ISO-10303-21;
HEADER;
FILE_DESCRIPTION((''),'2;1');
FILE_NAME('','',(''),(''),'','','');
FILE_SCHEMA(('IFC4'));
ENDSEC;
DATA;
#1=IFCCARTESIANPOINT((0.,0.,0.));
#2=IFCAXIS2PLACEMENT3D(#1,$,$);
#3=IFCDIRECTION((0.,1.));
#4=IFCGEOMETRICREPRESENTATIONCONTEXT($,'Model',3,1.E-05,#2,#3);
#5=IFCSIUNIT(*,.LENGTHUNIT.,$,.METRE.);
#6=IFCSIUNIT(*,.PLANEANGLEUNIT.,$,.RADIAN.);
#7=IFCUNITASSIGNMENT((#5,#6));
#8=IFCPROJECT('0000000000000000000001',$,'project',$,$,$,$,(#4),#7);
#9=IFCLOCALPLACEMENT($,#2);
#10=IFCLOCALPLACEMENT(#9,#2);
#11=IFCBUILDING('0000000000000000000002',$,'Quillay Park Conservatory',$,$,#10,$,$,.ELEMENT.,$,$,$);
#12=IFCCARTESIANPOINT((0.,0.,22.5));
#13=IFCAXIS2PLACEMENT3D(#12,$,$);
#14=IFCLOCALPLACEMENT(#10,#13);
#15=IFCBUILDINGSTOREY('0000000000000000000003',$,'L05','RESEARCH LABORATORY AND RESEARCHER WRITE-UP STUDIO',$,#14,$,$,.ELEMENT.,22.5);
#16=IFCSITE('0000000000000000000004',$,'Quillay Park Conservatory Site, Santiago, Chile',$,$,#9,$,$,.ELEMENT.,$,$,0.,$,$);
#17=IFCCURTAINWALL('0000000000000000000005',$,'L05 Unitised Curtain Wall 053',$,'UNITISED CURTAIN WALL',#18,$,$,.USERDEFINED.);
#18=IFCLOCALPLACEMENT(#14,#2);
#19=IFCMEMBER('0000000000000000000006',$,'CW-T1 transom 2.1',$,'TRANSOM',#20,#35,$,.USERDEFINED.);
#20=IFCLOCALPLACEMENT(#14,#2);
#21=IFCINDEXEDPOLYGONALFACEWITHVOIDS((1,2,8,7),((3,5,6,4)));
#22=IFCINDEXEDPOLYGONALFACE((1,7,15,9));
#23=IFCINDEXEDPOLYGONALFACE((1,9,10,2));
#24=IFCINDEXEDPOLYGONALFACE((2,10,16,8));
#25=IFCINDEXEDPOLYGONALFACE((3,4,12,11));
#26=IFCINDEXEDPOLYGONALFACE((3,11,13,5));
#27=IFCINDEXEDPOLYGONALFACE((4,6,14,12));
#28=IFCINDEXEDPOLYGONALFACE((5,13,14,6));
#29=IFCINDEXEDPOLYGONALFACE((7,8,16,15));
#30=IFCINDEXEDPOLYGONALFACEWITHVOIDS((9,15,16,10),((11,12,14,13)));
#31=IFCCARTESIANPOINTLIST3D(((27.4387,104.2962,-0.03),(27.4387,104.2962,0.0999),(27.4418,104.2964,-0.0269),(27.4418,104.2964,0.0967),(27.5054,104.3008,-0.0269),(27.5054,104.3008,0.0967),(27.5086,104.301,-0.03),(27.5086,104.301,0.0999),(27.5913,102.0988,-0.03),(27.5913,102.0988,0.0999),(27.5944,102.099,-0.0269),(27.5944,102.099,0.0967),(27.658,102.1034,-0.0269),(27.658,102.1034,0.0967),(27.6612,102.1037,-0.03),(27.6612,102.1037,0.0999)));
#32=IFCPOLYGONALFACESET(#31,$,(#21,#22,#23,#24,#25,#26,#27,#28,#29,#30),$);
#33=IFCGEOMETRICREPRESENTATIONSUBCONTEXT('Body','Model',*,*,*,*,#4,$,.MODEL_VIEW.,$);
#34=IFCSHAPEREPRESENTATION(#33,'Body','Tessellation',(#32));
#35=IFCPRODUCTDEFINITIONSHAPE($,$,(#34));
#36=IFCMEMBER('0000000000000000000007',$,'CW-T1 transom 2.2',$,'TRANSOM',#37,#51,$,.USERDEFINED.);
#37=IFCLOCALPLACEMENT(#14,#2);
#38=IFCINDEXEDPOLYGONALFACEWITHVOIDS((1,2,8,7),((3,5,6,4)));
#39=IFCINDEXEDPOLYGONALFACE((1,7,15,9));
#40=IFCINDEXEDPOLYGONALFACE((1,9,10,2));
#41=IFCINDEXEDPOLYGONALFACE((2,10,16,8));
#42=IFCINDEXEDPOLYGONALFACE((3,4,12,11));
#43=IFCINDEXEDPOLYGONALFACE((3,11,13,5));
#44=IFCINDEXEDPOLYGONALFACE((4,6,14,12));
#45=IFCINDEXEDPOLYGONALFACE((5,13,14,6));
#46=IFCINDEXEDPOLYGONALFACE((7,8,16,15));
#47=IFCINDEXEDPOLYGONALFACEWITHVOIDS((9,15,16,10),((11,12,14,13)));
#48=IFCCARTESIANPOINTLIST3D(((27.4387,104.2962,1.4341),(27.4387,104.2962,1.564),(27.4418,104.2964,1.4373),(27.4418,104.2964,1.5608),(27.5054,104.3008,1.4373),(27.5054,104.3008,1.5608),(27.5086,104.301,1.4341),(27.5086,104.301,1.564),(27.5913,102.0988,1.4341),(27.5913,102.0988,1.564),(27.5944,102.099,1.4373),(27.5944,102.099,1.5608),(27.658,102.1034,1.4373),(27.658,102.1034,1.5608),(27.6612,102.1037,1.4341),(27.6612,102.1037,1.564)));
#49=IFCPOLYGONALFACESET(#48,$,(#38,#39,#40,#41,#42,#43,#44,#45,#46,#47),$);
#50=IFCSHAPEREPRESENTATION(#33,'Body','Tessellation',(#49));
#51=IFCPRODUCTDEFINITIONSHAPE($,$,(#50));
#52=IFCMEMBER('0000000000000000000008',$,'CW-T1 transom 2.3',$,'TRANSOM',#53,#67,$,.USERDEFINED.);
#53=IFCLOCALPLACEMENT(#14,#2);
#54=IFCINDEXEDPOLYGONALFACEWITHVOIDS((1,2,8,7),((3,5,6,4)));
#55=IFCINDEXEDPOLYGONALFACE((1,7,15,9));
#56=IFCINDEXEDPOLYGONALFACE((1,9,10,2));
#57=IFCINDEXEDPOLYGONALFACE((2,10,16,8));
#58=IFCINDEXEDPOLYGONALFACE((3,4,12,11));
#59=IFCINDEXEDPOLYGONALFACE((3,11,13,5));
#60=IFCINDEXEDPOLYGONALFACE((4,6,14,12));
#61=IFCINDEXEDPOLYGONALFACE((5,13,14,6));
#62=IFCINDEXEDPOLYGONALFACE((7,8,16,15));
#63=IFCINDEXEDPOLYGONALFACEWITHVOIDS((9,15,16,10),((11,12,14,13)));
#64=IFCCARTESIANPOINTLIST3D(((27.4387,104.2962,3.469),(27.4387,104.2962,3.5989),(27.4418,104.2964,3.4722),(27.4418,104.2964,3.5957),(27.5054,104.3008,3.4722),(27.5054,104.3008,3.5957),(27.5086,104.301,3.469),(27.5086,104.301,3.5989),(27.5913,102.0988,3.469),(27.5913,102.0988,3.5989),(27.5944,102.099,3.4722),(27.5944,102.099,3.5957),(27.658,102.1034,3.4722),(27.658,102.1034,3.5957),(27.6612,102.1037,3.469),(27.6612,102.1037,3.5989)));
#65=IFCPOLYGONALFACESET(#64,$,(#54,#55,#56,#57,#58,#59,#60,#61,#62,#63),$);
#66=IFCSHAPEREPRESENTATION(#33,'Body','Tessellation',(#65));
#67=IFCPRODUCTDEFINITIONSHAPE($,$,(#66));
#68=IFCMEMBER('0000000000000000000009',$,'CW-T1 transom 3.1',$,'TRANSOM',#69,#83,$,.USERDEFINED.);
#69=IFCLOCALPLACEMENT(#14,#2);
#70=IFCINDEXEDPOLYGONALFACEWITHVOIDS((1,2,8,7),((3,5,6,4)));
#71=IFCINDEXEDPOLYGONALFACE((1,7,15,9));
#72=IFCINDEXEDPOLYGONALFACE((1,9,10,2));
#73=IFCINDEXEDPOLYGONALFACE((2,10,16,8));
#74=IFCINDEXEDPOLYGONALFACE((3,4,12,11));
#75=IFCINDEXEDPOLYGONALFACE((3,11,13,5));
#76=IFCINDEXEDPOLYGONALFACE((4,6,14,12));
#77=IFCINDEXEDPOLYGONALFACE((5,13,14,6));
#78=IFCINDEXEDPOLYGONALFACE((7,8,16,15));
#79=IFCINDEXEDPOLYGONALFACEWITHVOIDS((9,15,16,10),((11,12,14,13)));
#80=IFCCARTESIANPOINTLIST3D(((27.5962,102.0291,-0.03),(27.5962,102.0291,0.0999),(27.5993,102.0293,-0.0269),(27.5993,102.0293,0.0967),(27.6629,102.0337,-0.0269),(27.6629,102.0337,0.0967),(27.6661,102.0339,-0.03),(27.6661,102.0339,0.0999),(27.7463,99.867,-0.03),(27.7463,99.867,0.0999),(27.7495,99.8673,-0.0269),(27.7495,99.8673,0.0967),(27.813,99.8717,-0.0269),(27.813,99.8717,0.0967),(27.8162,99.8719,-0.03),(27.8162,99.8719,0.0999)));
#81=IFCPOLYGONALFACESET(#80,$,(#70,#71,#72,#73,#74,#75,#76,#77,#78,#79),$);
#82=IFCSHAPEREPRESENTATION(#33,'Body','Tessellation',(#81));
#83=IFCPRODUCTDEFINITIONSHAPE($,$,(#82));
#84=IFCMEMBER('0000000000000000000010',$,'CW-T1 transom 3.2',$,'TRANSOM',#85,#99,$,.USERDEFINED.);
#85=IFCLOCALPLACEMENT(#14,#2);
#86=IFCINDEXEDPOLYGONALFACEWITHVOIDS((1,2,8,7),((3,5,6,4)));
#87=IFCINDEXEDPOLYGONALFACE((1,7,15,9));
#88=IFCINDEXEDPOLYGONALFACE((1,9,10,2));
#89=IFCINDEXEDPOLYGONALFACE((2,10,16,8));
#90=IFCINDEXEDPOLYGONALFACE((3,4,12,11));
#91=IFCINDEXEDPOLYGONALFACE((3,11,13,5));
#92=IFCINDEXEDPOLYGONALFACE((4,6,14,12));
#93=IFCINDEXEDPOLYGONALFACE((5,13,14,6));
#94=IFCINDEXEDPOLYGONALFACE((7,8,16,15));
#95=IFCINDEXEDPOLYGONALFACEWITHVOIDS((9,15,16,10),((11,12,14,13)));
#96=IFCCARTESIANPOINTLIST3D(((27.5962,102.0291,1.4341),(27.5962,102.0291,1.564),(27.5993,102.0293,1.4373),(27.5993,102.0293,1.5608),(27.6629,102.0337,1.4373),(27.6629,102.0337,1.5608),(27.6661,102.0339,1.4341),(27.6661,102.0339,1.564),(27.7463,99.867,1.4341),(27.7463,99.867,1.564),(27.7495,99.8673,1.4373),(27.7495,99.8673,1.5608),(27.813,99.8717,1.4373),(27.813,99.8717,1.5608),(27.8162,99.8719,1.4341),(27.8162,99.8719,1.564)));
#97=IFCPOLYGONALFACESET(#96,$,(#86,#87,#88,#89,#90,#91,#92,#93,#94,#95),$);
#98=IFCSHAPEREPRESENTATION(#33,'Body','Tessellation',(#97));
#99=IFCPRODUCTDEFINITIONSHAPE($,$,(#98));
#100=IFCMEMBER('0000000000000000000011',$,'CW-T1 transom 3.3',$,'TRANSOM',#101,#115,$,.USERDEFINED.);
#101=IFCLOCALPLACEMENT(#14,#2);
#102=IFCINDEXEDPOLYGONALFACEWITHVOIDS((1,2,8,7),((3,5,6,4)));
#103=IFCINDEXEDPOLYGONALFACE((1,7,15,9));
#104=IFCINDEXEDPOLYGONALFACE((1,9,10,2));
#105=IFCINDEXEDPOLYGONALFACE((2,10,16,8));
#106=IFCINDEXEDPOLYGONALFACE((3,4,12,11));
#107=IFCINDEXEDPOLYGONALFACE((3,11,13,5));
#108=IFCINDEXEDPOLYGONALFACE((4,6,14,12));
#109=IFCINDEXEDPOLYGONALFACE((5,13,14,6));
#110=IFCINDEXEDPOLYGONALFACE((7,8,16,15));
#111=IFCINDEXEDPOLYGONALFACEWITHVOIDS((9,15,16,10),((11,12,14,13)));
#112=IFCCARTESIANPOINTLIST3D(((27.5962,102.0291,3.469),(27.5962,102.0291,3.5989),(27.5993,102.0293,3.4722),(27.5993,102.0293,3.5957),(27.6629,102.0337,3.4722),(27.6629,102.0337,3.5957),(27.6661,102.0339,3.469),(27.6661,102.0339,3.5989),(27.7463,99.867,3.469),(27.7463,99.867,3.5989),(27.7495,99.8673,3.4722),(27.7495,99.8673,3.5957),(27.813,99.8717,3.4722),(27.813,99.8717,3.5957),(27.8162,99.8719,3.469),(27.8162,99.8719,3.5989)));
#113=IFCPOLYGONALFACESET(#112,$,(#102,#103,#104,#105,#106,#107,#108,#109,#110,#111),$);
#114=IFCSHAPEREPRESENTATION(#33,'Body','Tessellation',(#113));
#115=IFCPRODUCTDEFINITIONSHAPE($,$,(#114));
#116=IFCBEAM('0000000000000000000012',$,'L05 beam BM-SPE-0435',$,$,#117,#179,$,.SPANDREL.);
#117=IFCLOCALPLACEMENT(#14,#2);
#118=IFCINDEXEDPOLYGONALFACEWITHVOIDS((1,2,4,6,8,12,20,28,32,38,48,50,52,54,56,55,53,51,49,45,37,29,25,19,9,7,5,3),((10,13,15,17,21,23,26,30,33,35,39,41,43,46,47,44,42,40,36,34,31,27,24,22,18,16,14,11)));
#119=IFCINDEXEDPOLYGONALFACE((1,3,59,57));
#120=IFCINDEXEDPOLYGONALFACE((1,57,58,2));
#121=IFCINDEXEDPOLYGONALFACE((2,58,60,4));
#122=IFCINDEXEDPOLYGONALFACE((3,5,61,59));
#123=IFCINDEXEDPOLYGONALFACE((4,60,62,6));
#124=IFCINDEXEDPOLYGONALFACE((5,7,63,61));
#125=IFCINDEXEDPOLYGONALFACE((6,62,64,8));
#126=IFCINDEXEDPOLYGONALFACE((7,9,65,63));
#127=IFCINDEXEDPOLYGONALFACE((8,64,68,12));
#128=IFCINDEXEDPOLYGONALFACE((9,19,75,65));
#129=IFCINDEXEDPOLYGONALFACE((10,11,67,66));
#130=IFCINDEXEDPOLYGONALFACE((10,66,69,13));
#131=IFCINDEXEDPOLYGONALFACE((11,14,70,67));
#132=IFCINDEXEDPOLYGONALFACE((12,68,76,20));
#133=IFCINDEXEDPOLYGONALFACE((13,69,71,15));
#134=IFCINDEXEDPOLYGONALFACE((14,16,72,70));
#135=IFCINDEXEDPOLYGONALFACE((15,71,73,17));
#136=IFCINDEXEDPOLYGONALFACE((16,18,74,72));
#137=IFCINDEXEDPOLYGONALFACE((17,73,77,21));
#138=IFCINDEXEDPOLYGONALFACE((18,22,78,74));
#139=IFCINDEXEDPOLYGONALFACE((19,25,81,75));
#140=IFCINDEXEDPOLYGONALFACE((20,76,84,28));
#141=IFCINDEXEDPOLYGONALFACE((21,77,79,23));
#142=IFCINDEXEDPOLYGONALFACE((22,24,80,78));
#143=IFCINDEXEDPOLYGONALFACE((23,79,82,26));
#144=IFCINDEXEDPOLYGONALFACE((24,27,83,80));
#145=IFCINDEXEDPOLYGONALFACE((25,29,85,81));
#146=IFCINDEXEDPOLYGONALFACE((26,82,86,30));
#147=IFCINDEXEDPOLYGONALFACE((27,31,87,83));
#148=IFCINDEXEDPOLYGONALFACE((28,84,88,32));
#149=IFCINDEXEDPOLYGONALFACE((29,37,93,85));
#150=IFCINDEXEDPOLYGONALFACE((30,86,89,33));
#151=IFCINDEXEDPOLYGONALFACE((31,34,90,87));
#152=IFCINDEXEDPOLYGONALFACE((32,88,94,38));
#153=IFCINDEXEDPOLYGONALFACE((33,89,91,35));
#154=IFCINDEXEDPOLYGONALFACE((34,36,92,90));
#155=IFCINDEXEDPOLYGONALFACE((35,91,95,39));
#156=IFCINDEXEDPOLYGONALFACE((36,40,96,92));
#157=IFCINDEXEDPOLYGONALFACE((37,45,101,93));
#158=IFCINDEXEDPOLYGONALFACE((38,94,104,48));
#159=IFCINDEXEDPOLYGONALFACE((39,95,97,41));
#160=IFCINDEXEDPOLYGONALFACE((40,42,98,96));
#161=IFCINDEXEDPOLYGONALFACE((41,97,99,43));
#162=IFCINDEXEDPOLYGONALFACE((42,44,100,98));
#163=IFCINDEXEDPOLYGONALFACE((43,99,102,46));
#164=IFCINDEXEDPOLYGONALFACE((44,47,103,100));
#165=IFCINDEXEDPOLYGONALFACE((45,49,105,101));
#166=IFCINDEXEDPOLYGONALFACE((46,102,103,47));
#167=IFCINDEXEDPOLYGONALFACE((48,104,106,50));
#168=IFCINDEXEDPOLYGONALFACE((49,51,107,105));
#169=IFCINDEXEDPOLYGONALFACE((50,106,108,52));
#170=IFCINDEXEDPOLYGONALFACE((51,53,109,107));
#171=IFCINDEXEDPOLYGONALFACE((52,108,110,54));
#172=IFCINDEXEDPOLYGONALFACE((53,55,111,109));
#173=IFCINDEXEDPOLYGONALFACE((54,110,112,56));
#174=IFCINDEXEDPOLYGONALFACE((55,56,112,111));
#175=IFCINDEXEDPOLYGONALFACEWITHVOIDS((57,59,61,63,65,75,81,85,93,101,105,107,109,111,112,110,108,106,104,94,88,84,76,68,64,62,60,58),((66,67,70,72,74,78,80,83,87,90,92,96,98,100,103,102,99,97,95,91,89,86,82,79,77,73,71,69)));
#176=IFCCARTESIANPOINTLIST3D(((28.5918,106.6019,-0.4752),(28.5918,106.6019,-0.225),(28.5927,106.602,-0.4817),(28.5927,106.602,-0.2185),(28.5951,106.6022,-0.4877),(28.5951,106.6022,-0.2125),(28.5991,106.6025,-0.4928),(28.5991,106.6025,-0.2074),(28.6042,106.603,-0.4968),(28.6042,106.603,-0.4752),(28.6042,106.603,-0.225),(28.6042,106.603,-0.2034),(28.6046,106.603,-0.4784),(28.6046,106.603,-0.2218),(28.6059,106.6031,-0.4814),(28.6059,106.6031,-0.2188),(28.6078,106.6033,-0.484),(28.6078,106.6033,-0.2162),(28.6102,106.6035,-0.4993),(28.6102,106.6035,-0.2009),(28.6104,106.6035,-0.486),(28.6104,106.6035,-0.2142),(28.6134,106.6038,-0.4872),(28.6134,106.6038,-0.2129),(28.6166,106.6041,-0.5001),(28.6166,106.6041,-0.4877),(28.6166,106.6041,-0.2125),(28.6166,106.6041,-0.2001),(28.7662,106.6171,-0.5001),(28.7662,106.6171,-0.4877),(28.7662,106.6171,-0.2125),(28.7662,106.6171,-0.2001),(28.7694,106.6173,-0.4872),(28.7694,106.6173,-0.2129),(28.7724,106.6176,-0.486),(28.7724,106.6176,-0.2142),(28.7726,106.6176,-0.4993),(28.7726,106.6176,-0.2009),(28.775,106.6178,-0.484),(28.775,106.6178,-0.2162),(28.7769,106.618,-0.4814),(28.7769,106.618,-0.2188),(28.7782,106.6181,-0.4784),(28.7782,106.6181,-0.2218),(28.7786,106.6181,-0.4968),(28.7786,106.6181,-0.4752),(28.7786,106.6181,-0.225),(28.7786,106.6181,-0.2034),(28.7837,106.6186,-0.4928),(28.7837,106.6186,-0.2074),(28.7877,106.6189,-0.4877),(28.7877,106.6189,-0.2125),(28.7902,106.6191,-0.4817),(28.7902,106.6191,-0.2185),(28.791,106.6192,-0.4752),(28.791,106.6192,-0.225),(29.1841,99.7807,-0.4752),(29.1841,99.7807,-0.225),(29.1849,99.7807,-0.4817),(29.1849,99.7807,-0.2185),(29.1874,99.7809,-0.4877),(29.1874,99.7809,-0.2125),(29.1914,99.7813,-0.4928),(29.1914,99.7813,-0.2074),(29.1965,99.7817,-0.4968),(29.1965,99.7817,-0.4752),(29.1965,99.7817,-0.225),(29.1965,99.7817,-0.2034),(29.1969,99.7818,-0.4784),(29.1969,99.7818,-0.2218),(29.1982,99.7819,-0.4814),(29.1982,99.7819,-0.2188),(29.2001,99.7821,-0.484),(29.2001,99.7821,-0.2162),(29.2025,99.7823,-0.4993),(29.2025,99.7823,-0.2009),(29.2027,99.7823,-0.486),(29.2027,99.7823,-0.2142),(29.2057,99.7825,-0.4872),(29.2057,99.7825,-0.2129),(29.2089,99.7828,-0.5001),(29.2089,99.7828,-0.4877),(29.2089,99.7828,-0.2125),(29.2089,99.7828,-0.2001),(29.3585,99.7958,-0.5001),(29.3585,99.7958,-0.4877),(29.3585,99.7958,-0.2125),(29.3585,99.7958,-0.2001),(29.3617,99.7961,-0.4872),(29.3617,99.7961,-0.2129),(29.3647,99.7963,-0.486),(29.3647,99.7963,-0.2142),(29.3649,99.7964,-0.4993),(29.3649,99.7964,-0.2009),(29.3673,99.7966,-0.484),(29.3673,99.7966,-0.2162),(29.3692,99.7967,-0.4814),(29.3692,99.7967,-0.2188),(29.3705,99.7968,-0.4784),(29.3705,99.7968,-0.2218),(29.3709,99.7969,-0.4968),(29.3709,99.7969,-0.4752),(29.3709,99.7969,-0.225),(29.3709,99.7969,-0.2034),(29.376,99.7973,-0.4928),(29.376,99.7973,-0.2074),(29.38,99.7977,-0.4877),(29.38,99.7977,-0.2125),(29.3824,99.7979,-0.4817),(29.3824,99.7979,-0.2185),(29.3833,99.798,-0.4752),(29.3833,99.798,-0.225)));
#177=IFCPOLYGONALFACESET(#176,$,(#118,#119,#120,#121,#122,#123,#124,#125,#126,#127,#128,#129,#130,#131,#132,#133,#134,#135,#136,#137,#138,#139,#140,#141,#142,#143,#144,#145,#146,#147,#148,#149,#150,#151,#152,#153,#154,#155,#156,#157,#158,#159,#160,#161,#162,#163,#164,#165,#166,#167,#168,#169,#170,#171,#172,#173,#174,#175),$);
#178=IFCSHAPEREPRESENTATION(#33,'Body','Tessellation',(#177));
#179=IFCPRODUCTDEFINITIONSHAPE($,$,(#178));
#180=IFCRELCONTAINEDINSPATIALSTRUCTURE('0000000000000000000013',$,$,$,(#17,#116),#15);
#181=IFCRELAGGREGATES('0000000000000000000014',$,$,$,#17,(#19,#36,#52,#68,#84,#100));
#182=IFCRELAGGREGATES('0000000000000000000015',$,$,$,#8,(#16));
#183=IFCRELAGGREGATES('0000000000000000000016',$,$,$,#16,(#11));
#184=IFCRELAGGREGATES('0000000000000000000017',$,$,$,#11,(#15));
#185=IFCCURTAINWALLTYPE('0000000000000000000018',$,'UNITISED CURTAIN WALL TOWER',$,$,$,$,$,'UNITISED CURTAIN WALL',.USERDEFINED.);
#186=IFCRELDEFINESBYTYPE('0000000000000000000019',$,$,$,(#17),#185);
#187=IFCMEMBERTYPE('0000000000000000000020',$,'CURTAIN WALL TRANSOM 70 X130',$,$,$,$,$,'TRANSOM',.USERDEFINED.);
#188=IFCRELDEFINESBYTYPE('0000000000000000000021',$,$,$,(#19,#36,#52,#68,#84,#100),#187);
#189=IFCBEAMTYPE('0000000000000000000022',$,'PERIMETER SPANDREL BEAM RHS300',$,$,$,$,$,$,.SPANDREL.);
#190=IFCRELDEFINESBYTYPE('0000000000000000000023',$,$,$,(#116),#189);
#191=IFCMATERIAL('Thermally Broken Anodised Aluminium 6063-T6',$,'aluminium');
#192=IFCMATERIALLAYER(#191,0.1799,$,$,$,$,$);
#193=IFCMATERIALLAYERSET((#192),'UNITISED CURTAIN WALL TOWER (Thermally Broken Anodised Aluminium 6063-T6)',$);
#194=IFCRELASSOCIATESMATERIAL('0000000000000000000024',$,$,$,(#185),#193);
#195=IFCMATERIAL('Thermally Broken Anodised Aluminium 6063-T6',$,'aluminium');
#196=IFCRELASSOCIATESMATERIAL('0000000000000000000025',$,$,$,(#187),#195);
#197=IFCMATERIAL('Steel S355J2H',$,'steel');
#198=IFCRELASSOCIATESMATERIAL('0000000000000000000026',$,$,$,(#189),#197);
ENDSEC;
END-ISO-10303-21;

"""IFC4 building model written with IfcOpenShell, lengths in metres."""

from ifc_helpers import new_model, si_unit, direction, frame, origin, origin_2d, place, context, subcontext, project, spatial, hollow_rectangle, extrude, material, layer, layer_set, material_profile, profile_set, type_object, element, aggregate, save


model = new_model("IFC4")

# Units and contexts
model_context = context("Model", 3, precision=1e-05, world=origin(), true_north=direction((0.0, 1.0)))
body_context = subcontext(model_context, "Body", "Model", "MODEL_VIEW")
ifc_project = project(units=[si_unit("LENGTHUNIT", "METRE"), si_unit("PLANEANGLEUNIT", "RADIAN")], contexts=[model_context])

# Site, building, storey
site_placement = place(None, origin())
site = spatial("IfcSite", under=ifc_project, at=site_placement, Name="Quillay Park Conservatory Site, Santiago, Chile", CompositionType="ELEMENT", RefElevation=0.0)
building_placement = place(site_placement, origin())
building = spatial("IfcBuilding", under=site, at=building_placement, Name="Quillay Park Conservatory", CompositionType="ELEMENT")
storey_placement = place(building_placement, frame((0.0, 0.0, 22.5)))
storey = spatial("IfcBuildingStorey", under=building, at=storey_placement, Name="L05", Description="RESEARCH LABORATORY AND RESEARCHER WRITE-UP STUDIO", CompositionType="ELEMENT", Elevation=22.5)

# Curtain wall, members
ifc_material_1 = material(Name="Thermally Broken Anodised Aluminium 6063-T6", Category="aluminium")
ifc_layer_1 = layer(ifc_material_1, 0.1799)
ifc_layer_set_1 = layer_set([ifc_layer_1], Name="UNITISED CURTAIN WALL TOWER (Thermally Broken Anodised Aluminium 6063-T6)")
curtain_wall_type = type_object("IfcCurtainWallType", Name="UNITISED CURTAIN WALL TOWER", ElementType="UNITISED CURTAIN WALL", PredefinedType="USERDEFINED", material=ifc_layer_set_1)
curtain_wall_placement = place(storey_placement, origin())
curtain_wall = element("IfcCurtainWall", 1, at=curtain_wall_placement, inside=storey, type_object=curtain_wall_type, Name="L05 Unitised Curtain Wall 053", ObjectType="UNITISED CURTAIN WALL", PredefinedType="USERDEFINED")
ifc_material_2 = material(Name="Thermally Broken Anodised Aluminium 6063-T6", Category="aluminium")
ifc_material_profile_1 = material_profile(ifc_material_2, hollow_rectangle(XDim=0.0701, YDim=0.1299, WallThickness=0.0032, at=origin_2d()), Name="AL70x130x3.2")
ifc_profile_set_1 = profile_set([ifc_material_profile_1], Name="Thermally Broken Anodised Aluminium 6063-T6")
member_type_1 = type_object("IfcMemberType", Name="CURTAIN WALL TRANSOM 70 X130", ElementType="TRANSOM", PredefinedType="USERDEFINED", material=ifc_profile_set_1)
member_1_placement = place(storey_placement, frame((27.4736, 104.2986, 0.0349), z_axis=(0.069278, -0.997597, 0.0), x_axis=(0.997597, 0.069278, 0.0)))
member_1 = element("IfcMember", 2, at=member_1_placement, type_object=member_type_1, Name="CW-T1 transom 2.1", ObjectType="TRANSOM", PredefinedType="USERDEFINED", context=body_context, shape_type="SweptSolid", body=[
    extrude(hollow_rectangle(XDim=0.0701, YDim=0.1299, WallThickness=0.0032, at=origin_2d()), origin(), (0.0, 0.0, 1.0), 2.2026),
])
member_2_placement = place(storey_placement, frame((27.4736, 104.2986, 1.499), z_axis=(0.069278, -0.997597, 0.0), x_axis=(0.997597, 0.069278, 0.0)))
member_2 = element("IfcMember", 3, at=member_2_placement, type_object=member_type_1, Name="CW-T1 transom 2.2", ObjectType="TRANSOM", PredefinedType="USERDEFINED", context=body_context, shape_type="SweptSolid", body=[
    extrude(hollow_rectangle(XDim=0.0701, YDim=0.1299, WallThickness=0.0032, at=origin_2d()), origin(), (0.0, 0.0, 1.0), 2.2026),
])
member_3_placement = place(storey_placement, frame((27.4736, 104.2986, 3.5339), z_axis=(0.069278, -0.997597, 0.0), x_axis=(0.997597, 0.069278, 0.0)))
member_3 = element("IfcMember", 4, at=member_3_placement, type_object=member_type_1, Name="CW-T1 transom 2.3", ObjectType="TRANSOM", PredefinedType="USERDEFINED", context=body_context, shape_type="SweptSolid", body=[
    extrude(hollow_rectangle(XDim=0.0701, YDim=0.1299, WallThickness=0.0032, at=origin_2d()), origin(), (0.0, 0.0, 1.0), 2.2026),
])
member_4_placement = place(storey_placement, frame((27.6311, 102.0315, 0.0349), z_axis=(0.069278, -0.997597, 0.0), x_axis=(0.997597, 0.069278, 0.0)))
member_4 = element("IfcMember", 5, at=member_4_placement, type_object=member_type_1, Name="CW-T1 transom 3.1", ObjectType="TRANSOM", PredefinedType="USERDEFINED", context=body_context, shape_type="SweptSolid", body=[
    extrude(hollow_rectangle(XDim=0.0701, YDim=0.1299, WallThickness=0.0032, at=origin_2d()), origin(), (0.0, 0.0, 1.0), 2.1672),
])
member_5_placement = place(storey_placement, frame((27.6311, 102.0315, 1.499), z_axis=(0.069278, -0.997597, 0.0), x_axis=(0.997597, 0.069278, 0.0)))
member_5 = element("IfcMember", 6, at=member_5_placement, type_object=member_type_1, Name="CW-T1 transom 3.2", ObjectType="TRANSOM", PredefinedType="USERDEFINED", context=body_context, shape_type="SweptSolid", body=[
    extrude(hollow_rectangle(XDim=0.0701, YDim=0.1299, WallThickness=0.0032, at=origin_2d()), origin(), (0.0, 0.0, 1.0), 2.1672),
])
member_6_placement = place(storey_placement, frame((27.6311, 102.0315, 3.5339), z_axis=(0.069278, -0.997597, 0.0), x_axis=(0.997597, 0.069278, 0.0)))
member_6 = element("IfcMember", 7, at=member_6_placement, type_object=member_type_1, Name="CW-T1 transom 3.3", ObjectType="TRANSOM", PredefinedType="USERDEFINED", context=body_context, shape_type="SweptSolid", body=[
    extrude(hollow_rectangle(XDim=0.0701, YDim=0.1299, WallThickness=0.0032, at=origin_2d()), origin(), (0.0, 0.0, 1.0), 2.1672),
])

# Beam
ifc_material_3 = material(Name="Steel S355J2H", Category="steel")
ifc_material_profile_2 = material_profile(ifc_material_3, hollow_rectangle(XDim=0.2, YDim=0.3, WallThickness=0.0125, InnerFilletRadius=0.0125, OuterFilletRadius=0.0249, at=origin_2d()), Name="RHS300x200x12.5")
ifc_profile_set_2 = profile_set([ifc_material_profile_2], Name="Steel S355J2H")
beam_type_1 = type_object("IfcBeamType", Name="PERIMETER SPANDREL BEAM RHS300", PredefinedType="SPANDREL", material=ifc_profile_set_2)
beam_1_placement = place(storey_placement, frame((29.2837, 99.7893, -0.3501), z_axis=(-0.086503, 0.996252, 0.0), x_axis=(-0.996252, -0.086503, 0.0)))
element("IfcBeam", 8, at=beam_1_placement, inside=storey, type_object=beam_type_1, Name="L05 beam BM-SPE-0435", PredefinedType="SPANDREL", context=body_context, shape_type="SweptSolid", body=[
    extrude(hollow_rectangle(XDim=0.2, YDim=0.3, WallThickness=0.0125, InnerFilletRadius=0.0125, OuterFilletRadius=0.0249, at=origin_2d()), origin(), (0.0, 0.0, 1.0), 6.8469),
])

aggregate(curtain_wall, [member_1, member_2, member_3, member_4, member_5, member_6])

save(model, "model.ifc")
